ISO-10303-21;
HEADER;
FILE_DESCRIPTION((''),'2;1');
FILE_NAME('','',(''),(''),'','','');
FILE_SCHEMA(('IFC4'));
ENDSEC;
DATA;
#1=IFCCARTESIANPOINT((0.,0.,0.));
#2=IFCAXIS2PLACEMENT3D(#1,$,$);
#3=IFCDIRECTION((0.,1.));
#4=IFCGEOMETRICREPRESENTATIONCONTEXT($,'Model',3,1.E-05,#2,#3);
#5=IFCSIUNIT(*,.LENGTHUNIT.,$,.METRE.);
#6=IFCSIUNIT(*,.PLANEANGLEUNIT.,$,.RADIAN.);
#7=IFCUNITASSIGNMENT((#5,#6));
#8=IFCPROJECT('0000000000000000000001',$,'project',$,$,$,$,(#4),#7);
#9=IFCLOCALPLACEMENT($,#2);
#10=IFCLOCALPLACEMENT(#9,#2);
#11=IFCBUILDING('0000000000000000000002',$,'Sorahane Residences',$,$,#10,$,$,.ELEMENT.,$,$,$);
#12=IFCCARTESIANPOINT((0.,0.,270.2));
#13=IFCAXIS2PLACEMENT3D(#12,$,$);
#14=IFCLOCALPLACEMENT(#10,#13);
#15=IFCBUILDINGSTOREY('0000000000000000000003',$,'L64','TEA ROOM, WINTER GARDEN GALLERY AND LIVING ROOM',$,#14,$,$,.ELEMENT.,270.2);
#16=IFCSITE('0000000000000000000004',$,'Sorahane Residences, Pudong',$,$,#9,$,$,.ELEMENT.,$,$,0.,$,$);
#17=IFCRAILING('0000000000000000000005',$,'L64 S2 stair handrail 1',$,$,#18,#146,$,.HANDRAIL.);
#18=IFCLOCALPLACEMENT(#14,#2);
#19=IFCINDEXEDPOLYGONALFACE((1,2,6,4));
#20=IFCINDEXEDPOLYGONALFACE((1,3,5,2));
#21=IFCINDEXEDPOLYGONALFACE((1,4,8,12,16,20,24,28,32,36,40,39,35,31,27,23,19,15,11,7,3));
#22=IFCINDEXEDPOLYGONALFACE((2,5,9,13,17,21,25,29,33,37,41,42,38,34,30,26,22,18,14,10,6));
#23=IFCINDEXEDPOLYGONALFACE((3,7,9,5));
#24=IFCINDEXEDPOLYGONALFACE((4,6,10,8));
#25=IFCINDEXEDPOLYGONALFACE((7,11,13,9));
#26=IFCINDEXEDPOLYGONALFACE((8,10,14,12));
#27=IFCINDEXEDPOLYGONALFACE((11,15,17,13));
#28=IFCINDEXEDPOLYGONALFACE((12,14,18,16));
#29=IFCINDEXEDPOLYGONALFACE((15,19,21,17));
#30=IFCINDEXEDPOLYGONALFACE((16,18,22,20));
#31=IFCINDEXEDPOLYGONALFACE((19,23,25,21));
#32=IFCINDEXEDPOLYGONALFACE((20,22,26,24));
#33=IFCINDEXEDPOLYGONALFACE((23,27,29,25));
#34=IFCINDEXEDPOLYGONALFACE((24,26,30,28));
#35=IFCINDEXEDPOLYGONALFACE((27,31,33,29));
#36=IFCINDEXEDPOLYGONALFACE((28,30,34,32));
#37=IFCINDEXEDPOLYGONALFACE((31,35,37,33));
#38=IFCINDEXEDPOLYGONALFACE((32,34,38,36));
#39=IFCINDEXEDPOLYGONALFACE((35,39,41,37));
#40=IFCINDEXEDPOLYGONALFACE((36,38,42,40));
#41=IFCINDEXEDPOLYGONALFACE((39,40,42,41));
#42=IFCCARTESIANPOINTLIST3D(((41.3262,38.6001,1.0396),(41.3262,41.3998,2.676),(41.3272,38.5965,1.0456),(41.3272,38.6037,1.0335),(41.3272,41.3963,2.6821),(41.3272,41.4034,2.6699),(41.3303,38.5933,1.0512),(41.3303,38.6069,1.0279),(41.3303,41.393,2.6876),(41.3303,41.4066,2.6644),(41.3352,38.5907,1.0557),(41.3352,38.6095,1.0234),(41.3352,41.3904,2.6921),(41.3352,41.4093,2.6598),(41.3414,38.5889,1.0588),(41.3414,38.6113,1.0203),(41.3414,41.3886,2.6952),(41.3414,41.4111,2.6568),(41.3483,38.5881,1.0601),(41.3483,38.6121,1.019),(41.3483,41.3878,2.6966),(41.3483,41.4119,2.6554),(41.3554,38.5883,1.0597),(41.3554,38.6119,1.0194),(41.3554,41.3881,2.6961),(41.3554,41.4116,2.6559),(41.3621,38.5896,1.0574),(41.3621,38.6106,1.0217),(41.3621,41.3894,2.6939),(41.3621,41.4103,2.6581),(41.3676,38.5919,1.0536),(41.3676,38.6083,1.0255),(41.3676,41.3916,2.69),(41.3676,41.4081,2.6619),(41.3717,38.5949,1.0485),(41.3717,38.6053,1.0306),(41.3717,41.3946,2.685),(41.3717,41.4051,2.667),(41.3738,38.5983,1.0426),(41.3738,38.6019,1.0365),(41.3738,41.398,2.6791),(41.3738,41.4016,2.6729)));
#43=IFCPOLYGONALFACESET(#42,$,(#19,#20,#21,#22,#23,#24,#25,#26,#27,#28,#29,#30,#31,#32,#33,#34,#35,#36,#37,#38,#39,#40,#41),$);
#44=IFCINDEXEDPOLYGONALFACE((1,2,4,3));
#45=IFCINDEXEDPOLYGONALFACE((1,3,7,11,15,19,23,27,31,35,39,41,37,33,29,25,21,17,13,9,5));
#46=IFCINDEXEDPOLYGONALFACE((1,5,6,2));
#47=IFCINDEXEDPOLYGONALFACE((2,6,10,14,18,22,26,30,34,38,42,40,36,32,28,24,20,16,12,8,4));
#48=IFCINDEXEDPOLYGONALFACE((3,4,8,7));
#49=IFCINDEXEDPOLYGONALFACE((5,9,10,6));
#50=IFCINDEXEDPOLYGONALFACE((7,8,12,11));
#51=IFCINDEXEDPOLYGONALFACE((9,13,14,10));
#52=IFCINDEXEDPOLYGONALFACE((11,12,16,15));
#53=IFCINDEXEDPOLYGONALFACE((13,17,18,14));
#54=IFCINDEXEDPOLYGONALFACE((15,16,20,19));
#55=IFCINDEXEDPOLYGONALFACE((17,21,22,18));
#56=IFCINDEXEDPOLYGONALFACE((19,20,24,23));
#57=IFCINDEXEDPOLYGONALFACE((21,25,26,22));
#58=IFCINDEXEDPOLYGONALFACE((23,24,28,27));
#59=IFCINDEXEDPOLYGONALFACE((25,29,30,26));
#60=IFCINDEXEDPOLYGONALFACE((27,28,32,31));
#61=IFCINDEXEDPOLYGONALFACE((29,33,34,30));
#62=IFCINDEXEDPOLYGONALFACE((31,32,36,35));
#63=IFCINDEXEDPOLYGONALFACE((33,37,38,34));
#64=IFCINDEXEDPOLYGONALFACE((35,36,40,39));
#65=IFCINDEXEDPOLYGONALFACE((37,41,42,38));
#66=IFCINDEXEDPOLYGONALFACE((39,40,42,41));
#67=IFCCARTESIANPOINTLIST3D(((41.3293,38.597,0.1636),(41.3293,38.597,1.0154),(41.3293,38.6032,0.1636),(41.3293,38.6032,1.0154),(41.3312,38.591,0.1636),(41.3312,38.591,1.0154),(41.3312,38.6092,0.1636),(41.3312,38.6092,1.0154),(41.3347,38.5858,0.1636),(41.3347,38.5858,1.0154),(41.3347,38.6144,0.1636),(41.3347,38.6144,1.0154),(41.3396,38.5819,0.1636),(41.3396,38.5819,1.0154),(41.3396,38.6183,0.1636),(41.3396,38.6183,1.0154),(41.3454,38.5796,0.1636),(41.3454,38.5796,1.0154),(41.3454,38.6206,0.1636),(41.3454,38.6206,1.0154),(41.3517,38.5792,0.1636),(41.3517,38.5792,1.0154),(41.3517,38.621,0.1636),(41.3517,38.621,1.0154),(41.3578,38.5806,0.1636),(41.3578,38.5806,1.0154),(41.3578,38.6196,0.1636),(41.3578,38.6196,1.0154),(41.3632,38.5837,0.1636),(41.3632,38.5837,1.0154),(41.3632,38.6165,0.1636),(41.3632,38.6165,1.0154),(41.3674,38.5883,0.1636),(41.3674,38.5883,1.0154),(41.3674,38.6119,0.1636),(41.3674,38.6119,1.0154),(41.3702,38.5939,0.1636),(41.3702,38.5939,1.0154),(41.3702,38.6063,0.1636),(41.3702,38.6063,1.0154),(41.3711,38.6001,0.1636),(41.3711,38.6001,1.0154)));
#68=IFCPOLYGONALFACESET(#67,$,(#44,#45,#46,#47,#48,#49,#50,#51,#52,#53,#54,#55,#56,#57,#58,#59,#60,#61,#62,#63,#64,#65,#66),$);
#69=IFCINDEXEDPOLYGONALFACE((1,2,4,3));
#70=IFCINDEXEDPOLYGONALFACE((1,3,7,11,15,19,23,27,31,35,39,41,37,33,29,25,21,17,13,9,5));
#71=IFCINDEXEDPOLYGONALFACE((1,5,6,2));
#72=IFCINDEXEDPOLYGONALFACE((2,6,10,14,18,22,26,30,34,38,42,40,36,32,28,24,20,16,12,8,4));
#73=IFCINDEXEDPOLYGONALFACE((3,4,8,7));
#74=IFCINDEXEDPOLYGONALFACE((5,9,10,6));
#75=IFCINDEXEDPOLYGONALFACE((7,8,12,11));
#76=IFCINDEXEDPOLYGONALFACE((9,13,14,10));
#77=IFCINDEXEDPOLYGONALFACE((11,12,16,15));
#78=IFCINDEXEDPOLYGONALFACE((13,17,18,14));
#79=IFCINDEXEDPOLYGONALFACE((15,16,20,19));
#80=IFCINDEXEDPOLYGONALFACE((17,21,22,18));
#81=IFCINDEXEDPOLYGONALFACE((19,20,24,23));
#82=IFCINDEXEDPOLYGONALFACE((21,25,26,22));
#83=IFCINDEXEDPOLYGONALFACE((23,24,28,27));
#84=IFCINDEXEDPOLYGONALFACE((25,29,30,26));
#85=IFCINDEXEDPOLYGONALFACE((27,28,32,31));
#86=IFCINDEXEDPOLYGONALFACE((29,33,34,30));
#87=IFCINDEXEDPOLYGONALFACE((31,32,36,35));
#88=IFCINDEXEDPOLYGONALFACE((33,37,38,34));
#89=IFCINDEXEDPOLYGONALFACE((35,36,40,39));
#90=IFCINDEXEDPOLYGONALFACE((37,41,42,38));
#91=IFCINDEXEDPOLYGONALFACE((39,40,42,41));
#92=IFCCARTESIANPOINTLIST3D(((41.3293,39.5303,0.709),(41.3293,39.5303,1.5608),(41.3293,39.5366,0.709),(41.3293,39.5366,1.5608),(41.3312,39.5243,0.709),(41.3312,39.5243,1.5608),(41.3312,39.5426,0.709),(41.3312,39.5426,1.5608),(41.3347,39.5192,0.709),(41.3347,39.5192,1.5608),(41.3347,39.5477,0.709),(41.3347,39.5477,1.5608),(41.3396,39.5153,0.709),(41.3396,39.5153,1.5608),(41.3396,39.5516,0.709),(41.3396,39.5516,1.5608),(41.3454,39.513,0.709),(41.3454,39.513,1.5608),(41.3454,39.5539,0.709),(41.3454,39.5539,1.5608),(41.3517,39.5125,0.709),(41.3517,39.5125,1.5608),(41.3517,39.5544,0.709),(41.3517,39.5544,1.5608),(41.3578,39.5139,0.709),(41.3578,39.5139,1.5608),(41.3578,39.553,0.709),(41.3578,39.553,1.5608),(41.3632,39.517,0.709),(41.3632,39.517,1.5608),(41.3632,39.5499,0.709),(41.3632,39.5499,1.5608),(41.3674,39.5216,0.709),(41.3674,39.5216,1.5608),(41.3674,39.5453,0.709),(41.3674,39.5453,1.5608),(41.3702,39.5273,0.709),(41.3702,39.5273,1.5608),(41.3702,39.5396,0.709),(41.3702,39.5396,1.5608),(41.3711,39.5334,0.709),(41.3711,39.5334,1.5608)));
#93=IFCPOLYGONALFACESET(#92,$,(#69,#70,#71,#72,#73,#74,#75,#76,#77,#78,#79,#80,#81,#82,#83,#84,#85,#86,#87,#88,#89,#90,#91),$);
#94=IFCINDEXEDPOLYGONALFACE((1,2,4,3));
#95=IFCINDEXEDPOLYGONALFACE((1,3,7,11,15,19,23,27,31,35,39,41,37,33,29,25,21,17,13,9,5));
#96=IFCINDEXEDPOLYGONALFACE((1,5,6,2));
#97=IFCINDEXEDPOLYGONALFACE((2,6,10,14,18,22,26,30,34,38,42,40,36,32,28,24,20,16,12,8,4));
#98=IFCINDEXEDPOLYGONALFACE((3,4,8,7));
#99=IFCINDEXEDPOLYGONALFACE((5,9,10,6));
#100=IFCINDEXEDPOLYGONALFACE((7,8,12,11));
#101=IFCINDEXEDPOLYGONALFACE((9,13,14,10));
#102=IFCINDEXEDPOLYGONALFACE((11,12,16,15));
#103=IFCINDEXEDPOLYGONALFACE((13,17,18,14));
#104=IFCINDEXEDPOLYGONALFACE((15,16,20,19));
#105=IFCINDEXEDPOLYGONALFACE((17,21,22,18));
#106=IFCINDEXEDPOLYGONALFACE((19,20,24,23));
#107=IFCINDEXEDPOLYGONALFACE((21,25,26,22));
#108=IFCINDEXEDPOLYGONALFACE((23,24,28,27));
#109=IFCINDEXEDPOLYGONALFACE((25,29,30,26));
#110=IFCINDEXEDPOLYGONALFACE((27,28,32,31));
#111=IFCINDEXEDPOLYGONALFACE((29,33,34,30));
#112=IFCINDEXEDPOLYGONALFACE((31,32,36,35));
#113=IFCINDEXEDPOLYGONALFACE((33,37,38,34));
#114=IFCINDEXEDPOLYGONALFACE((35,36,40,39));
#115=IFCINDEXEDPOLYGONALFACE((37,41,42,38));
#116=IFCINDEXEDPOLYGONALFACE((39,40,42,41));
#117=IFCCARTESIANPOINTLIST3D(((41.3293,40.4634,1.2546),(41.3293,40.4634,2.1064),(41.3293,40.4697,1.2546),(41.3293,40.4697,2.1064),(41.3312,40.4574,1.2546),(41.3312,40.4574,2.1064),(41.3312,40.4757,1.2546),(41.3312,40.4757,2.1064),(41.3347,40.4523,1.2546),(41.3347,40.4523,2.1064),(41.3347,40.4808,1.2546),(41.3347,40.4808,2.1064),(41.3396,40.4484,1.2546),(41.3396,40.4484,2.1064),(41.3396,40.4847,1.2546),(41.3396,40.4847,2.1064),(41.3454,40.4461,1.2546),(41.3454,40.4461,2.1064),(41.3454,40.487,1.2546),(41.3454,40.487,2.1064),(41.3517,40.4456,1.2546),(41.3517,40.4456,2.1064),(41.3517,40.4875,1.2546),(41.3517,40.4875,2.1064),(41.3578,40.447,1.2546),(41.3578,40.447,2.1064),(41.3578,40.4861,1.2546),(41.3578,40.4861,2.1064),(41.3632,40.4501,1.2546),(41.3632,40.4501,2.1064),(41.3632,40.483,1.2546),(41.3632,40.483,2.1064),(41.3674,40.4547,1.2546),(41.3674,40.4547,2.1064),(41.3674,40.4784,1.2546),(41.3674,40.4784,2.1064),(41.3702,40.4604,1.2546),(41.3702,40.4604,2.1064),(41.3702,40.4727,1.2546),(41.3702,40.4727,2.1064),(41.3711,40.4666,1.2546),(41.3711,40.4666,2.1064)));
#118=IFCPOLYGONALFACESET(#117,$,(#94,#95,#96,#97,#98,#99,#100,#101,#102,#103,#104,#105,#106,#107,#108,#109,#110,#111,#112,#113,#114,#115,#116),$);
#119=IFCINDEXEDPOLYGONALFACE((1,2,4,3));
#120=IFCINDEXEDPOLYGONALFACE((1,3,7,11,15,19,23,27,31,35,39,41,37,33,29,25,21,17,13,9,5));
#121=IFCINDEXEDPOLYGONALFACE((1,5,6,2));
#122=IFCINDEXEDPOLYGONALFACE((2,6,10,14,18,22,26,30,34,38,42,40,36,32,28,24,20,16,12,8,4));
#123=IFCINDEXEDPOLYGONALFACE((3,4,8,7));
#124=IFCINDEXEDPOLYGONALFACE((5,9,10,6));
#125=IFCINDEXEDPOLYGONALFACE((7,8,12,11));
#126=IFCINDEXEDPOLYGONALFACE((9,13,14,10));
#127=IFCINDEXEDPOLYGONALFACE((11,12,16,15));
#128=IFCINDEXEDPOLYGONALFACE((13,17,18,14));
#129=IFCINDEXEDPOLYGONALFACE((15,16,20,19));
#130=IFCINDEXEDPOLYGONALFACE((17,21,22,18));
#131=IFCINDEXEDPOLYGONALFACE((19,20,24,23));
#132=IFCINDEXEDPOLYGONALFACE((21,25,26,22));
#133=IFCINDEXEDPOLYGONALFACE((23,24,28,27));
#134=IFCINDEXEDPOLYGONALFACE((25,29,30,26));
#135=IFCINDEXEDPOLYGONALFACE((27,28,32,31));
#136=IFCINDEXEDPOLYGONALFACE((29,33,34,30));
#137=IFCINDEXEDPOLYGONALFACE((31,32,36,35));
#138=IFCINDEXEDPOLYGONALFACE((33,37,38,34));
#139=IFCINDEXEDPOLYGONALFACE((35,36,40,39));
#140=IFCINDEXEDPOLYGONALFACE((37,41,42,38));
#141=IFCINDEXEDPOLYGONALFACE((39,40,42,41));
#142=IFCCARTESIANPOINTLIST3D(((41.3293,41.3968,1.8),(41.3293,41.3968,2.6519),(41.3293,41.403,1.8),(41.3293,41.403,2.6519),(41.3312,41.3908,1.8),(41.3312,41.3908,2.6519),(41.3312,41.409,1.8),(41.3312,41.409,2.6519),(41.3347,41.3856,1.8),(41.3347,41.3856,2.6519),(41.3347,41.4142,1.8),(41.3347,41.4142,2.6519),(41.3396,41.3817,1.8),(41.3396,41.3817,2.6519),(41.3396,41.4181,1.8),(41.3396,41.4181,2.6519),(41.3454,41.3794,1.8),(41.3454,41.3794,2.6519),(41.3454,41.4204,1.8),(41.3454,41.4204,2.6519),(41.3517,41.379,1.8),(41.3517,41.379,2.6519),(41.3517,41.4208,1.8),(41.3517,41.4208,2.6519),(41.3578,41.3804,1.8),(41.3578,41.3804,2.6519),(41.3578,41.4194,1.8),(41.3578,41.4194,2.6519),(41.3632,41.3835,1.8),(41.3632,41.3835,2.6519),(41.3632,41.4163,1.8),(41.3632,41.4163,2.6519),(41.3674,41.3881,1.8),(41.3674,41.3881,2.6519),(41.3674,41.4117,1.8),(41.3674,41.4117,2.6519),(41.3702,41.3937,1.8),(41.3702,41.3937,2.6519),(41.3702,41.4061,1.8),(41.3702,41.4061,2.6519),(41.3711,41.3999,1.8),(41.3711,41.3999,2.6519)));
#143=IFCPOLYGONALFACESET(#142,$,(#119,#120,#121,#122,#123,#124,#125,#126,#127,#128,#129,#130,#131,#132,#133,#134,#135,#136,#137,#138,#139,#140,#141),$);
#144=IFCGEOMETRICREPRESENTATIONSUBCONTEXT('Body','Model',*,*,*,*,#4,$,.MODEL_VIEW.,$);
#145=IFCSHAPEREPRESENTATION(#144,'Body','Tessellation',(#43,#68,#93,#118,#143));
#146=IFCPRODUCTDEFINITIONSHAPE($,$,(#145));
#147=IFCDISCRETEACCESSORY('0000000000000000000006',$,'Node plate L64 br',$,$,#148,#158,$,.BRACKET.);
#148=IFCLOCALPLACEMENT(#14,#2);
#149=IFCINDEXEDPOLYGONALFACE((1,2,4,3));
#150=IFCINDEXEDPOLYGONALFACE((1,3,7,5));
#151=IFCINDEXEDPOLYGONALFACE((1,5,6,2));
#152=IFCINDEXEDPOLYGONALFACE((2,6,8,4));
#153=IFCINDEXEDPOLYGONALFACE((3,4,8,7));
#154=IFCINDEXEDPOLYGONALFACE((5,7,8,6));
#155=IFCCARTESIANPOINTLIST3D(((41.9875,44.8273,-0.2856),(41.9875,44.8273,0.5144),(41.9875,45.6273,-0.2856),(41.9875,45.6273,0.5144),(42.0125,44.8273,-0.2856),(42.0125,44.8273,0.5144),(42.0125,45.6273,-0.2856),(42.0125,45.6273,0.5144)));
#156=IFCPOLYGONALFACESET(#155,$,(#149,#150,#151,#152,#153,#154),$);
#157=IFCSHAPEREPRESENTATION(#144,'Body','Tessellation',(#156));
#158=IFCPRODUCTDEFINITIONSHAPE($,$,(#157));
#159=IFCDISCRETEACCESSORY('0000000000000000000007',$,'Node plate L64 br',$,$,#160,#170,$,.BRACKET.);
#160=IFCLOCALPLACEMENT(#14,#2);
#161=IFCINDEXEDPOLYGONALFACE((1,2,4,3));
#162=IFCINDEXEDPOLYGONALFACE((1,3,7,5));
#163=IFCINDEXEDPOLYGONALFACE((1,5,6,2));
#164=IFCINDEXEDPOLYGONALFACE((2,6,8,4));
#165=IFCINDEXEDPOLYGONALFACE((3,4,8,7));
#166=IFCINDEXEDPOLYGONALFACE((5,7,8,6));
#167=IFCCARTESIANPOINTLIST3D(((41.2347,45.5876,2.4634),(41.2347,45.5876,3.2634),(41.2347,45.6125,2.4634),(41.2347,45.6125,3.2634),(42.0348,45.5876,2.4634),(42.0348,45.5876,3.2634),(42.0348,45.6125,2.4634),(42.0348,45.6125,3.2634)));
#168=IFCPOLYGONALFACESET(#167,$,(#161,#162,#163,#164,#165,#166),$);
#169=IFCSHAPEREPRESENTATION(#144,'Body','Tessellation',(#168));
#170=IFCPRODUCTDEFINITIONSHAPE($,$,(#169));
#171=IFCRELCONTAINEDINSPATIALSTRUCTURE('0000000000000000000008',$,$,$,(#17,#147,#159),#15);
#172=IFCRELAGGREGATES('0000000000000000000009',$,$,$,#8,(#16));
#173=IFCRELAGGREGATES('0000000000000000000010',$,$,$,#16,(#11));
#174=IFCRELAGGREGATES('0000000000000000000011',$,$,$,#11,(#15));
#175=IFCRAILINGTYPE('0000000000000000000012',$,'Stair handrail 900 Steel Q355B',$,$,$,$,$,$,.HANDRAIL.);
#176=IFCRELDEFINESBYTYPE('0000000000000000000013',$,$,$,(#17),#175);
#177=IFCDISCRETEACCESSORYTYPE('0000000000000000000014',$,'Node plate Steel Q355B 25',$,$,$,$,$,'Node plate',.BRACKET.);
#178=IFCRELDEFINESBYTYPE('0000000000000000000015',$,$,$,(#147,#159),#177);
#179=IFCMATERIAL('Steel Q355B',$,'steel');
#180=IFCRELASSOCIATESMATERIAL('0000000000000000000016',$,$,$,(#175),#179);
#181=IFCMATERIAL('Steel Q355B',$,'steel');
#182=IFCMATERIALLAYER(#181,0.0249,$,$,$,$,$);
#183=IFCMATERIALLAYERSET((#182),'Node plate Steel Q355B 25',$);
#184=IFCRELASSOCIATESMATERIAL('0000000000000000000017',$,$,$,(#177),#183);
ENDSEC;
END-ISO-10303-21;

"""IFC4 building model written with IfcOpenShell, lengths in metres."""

from ifc_helpers import new_model, si_unit, direction, frame, origin, origin_2d, place, context, subcontext, project, spatial, rectangle, circle, extrude, material, layer, layer_set, type_object, element, save


model = new_model("IFC4")

# Units and contexts
model_context = context("Model", 3, precision=1e-05, world=origin(), true_north=direction((0.0, 1.0)))
body_context = subcontext(model_context, "Body", "Model", "MODEL_VIEW")
ifc_project = project(units=[si_unit("LENGTHUNIT", "METRE"), si_unit("PLANEANGLEUNIT", "RADIAN")], contexts=[model_context])

# Site, building, storey
site_placement = place(None, origin())
site = spatial("IfcSite", under=ifc_project, at=site_placement, Name="Sorahane Residences, Pudong", CompositionType="ELEMENT", RefElevation=0.0)
building_placement = place(site_placement, origin())
building = spatial("IfcBuilding", under=site, at=building_placement, Name="Sorahane Residences", CompositionType="ELEMENT")
storey_placement = place(building_placement, frame((0.0, 0.0, 270.2)))
storey = spatial("IfcBuildingStorey", under=building, at=storey_placement, Name="L64", Description="TEA ROOM, WINTER GARDEN GALLERY AND LIVING ROOM", CompositionType="ELEMENT", Elevation=270.2)

# Railing
ifc_material_1 = material(Name="Steel Q355B", Category="steel")
railing_type_1 = type_object("IfcRailingType", Name="Stair handrail 900 Steel Q355B", PredefinedType="HANDRAIL", material=ifc_material_1)
railing_1_placement = place(storey_placement, frame((41.3501, 38.6001, 0.1636)))
element("IfcRailing", 1, at=railing_1_placement, inside=storey, type_object=railing_type_1, Name="L64 S2 stair handrail 1", PredefinedType="HANDRAIL", context=body_context, shape_type="SweptSolid", body=[
    extrude(circle(Radius=0.0239, at=origin_2d()), frame((0.0, 0.0, 0.876), z_axis=(0.0, 0.863342, 0.50462), x_axis=(-1.0, 0.0, 0.0)), (0.0, 0.0, 1.0), 3.2429),
    extrude(circle(Radius=0.021, at=origin_2d()), origin(), (0.0, 0.0, 1.0), 0.8518),
    extrude(circle(Radius=0.021, at=origin_2d()), frame((0.0, 0.9333, 0.5454)), (0.0, 0.0, 1.0), 0.8518),
    extrude(circle(Radius=0.021, at=origin_2d()), frame((0.0, 1.8665, 1.0911)), (0.0, 0.0, 1.0), 0.8518),
    extrude(circle(Radius=0.021, at=origin_2d()), frame((0.0, 2.7998, 1.6365)), (0.0, 0.0, 1.0), 0.8518),
])

# Discrete accessories
ifc_material_2 = material(Name="Steel Q355B", Category="steel")
ifc_layer_1 = layer(ifc_material_2, 0.0249)
ifc_layer_set_1 = layer_set([ifc_layer_1], Name="Node plate Steel Q355B 25")
discrete_accessory_type = type_object("IfcDiscreteAccessoryType", Name="Node plate Steel Q355B 25", ElementType="Node plate", PredefinedType="BRACKET", material=ifc_layer_set_1)
for number, where, z_axis, x_axis, name in (
    (2, (42.0, 45.2273, -0.2856), (0.0, 0.0, 1.0), (0.0, 1.0, 0.0), "Node plate L64 br"),
    (3, (41.6348, 45.6001, 2.4634), (0.0, 0.0, 1.0), (1.0, 0.0, 0.0), "Node plate L64 br"),
):
    element("IfcDiscreteAccessory", number, at=place(storey_placement, frame(where, z_axis=z_axis, x_axis=x_axis)), inside=storey, type_object=discrete_accessory_type, Name=name, PredefinedType="BRACKET", context=body_context, shape_type="SweptSolid", body=[
        extrude(rectangle(XDim=0.8, YDim=0.0249, at=origin_2d()), origin(), (0.0, 0.0, 1.0), 0.8),
    ])

save(model, "model.ifc")
